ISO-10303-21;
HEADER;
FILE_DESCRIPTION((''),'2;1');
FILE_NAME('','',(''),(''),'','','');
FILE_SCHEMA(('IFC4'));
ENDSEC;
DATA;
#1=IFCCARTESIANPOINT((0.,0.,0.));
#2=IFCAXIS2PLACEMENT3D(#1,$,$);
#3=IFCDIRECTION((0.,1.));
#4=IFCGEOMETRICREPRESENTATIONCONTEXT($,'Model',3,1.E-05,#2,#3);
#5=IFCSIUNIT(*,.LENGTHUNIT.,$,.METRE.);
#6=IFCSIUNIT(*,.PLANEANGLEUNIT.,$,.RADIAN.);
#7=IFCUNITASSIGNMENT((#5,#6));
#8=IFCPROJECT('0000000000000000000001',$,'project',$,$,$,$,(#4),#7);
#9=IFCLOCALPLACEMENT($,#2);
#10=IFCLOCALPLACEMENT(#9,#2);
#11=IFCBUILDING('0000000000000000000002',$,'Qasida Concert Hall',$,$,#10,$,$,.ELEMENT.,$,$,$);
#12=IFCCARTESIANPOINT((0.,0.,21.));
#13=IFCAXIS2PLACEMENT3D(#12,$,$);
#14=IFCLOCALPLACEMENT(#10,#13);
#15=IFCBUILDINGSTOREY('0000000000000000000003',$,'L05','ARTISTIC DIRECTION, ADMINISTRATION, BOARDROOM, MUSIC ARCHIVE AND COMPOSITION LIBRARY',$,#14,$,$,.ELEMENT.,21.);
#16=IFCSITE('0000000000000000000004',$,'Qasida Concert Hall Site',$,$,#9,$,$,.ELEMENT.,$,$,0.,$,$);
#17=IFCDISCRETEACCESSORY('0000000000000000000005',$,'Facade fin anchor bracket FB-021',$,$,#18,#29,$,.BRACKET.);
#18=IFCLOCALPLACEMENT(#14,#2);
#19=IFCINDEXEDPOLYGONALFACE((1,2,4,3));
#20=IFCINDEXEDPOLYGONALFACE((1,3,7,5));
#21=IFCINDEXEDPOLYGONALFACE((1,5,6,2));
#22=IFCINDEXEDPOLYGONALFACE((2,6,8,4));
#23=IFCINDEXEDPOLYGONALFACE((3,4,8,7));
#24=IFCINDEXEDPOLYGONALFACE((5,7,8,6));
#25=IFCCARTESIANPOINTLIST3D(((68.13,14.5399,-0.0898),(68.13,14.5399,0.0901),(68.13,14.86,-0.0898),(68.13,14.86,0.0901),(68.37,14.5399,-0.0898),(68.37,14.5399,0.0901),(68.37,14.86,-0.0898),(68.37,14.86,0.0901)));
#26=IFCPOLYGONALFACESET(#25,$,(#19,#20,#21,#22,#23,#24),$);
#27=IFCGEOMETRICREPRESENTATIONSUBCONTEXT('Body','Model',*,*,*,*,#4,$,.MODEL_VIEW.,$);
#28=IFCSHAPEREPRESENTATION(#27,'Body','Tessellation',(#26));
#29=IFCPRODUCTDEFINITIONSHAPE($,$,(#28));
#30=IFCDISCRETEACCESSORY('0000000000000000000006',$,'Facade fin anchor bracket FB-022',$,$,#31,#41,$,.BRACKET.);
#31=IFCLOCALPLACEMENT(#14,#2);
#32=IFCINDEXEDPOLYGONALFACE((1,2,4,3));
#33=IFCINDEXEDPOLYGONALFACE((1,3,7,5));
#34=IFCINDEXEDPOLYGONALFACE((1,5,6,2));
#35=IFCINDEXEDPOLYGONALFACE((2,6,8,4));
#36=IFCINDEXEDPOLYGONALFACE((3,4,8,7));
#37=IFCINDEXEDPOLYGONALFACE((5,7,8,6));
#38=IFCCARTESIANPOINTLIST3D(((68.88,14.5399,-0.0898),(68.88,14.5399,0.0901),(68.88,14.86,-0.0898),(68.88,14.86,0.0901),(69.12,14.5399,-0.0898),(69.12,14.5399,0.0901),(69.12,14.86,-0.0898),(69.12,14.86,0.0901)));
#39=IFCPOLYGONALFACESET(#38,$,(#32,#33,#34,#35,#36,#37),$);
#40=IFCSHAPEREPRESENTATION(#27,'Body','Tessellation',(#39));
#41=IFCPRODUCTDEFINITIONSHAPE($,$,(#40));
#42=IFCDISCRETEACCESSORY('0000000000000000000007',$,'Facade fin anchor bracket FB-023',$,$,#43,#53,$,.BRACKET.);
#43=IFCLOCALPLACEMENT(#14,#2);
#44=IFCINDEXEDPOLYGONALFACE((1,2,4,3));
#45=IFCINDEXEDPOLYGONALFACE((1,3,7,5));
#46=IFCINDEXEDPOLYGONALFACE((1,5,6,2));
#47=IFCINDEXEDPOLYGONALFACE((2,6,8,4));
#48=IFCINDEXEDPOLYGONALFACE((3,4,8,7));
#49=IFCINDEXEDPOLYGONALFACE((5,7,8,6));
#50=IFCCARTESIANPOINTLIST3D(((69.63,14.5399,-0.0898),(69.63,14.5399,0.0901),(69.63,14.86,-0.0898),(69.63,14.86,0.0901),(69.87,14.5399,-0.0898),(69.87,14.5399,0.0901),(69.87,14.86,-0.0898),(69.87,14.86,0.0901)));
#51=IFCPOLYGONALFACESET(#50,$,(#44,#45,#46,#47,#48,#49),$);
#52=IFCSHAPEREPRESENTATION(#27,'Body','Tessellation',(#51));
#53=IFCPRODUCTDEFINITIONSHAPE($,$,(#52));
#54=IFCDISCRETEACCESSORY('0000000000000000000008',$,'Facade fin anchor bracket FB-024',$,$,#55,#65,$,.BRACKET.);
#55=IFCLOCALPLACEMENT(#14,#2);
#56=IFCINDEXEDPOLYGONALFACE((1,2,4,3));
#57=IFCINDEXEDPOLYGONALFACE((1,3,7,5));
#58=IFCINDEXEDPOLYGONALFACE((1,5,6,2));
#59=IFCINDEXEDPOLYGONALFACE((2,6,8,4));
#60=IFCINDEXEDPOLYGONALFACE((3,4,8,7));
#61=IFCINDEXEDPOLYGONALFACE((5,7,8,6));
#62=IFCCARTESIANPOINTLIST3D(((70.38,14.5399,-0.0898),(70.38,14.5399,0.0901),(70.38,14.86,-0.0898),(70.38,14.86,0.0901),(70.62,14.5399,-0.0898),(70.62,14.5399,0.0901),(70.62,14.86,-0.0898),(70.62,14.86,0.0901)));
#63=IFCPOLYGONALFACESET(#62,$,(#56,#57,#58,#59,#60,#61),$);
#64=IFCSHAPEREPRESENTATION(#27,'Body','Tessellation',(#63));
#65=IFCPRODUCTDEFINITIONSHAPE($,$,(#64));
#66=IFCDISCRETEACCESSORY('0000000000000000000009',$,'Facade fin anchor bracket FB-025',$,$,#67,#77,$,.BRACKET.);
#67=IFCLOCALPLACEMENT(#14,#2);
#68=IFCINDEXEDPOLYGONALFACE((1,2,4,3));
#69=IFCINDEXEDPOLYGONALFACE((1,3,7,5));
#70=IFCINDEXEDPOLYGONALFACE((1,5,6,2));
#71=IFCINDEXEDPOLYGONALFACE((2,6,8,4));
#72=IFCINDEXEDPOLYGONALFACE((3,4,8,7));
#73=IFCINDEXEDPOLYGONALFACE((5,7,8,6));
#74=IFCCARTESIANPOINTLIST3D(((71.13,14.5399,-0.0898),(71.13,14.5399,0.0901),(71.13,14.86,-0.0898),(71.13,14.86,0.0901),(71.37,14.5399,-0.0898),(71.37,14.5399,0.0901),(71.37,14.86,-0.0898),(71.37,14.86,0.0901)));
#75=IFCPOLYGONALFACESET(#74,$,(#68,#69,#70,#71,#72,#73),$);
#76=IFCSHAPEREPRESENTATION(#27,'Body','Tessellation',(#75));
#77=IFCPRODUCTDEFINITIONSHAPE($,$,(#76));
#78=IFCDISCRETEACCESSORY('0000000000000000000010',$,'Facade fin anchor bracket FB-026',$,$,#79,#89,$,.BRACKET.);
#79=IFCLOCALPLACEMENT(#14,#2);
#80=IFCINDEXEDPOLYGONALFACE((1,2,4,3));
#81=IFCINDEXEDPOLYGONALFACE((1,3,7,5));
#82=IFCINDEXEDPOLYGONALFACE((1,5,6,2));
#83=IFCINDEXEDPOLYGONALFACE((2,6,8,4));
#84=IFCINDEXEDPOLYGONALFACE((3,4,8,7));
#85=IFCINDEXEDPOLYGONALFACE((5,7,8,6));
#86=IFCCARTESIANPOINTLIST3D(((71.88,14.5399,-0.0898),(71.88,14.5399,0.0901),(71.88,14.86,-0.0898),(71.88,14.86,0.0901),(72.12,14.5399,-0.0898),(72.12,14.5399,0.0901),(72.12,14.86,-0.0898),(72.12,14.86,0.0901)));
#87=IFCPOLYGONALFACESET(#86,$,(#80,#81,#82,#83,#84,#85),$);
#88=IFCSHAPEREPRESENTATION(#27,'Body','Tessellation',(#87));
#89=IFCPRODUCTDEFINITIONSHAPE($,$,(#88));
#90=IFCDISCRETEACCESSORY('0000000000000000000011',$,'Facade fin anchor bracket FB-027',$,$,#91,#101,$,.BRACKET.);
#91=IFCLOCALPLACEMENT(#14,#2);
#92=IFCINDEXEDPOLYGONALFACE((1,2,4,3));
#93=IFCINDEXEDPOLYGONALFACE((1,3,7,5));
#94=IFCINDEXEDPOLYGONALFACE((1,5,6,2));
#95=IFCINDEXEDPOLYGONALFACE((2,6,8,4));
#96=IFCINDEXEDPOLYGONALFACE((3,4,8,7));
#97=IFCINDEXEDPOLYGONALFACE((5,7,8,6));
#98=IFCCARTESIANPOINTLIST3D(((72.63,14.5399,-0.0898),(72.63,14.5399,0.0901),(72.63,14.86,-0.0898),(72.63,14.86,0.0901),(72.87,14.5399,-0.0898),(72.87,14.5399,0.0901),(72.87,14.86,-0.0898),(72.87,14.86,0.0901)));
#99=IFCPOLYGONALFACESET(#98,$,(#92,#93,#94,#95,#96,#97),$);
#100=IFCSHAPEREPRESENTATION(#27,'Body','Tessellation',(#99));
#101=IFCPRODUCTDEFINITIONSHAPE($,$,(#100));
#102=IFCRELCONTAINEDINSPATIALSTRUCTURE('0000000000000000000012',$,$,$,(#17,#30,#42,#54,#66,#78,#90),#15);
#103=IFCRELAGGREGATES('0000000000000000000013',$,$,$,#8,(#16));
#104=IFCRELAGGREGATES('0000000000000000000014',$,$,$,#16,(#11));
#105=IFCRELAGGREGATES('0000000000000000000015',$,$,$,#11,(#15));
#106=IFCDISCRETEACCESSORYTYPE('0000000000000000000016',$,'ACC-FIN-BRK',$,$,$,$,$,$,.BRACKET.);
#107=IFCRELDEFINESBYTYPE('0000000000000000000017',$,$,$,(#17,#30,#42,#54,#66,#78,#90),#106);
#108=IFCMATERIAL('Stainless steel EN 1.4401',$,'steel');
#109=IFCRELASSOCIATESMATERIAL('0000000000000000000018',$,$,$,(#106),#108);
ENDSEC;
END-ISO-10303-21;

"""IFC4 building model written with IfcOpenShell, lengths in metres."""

from ifc_helpers import new_model, si_unit, direction, frame, origin, origin_2d, place, context, subcontext, project, spatial, rectangle, extrude, material, type_object, element, save


model = new_model("IFC4")

# Units and contexts
model_context = context("Model", 3, precision=1e-05, world=origin(), true_north=direction((0.0, 1.0)))
body_context = subcontext(model_context, "Body", "Model", "MODEL_VIEW")
ifc_project = project(units=[si_unit("LENGTHUNIT", "METRE"), si_unit("PLANEANGLEUNIT", "RADIAN")], contexts=[model_context])

# Site, building, storey
site_placement = place(None, origin())
site = spatial("IfcSite", under=ifc_project, at=site_placement, Name="Qasida Concert Hall Site", CompositionType="ELEMENT", RefElevation=0.0)
building_placement = place(site_placement, origin())
building = spatial("IfcBuilding", under=site, at=building_placement, Name="Qasida Concert Hall", CompositionType="ELEMENT")
storey_placement = place(building_placement, frame((0.0, 0.0, 21.0)))
storey = spatial("IfcBuildingStorey", under=building, at=storey_placement, Name="L05", Description="ARTISTIC DIRECTION, ADMINISTRATION, BOARDROOM, MUSIC ARCHIVE AND COMPOSITION LIBRARY", CompositionType="ELEMENT", Elevation=21.0)

# Discrete accessories
ifc_material_1 = material(Name="Stainless steel EN 1.4401", Category="steel")
discrete_accessory_type = type_object("IfcDiscreteAccessoryType", Name="ACC-FIN-BRK", PredefinedType="BRACKET", material=ifc_material_1)
for number, where, z_axis, x_axis, name in (
    (1, (68.25, 14.7, -0.0898), (0.0, 0.0, 1.0), (1.0, 0.0, 0.0), "Facade fin anchor bracket FB-021"),
    (2, (69.0, 14.7, -0.0898), (0.0, 0.0, 1.0), (1.0, 0.0, 0.0), "Facade fin anchor bracket FB-022"),
    (3, (69.75, 14.7, -0.0898), (0.0, 0.0, 1.0), (1.0, 0.0, 0.0), "Facade fin anchor bracket FB-023"),
    (4, (70.5, 14.7, -0.0898), (0.0, 0.0, 1.0), (1.0, 0.0, 0.0), "Facade fin anchor bracket FB-024"),
    (5, (71.25, 14.7, -0.0898), (0.0, 0.0, 1.0), (1.0, 0.0, 0.0), "Facade fin anchor bracket FB-025"),
    (6, (72.0, 14.7, -0.0898), (0.0, 0.0, 1.0), (1.0, 0.0, 0.0), "Facade fin anchor bracket FB-026"),
    (7, (72.75, 14.7, -0.0898), (0.0, 0.0, 1.0), (1.0, 0.0, 0.0), "Facade fin anchor bracket FB-027"),
):
    element("IfcDiscreteAccessory", number, at=place(storey_placement, frame(where, z_axis=z_axis, x_axis=x_axis)), inside=storey, type_object=discrete_accessory_type, Name=name, PredefinedType="BRACKET", context=body_context, shape_type="SweptSolid", body=[
        extrude(rectangle(XDim=0.24, YDim=0.3201, at=origin_2d()), origin(), (0.0, 0.0, 1.0), 0.1799),
    ])

save(model, "model.ifc")
